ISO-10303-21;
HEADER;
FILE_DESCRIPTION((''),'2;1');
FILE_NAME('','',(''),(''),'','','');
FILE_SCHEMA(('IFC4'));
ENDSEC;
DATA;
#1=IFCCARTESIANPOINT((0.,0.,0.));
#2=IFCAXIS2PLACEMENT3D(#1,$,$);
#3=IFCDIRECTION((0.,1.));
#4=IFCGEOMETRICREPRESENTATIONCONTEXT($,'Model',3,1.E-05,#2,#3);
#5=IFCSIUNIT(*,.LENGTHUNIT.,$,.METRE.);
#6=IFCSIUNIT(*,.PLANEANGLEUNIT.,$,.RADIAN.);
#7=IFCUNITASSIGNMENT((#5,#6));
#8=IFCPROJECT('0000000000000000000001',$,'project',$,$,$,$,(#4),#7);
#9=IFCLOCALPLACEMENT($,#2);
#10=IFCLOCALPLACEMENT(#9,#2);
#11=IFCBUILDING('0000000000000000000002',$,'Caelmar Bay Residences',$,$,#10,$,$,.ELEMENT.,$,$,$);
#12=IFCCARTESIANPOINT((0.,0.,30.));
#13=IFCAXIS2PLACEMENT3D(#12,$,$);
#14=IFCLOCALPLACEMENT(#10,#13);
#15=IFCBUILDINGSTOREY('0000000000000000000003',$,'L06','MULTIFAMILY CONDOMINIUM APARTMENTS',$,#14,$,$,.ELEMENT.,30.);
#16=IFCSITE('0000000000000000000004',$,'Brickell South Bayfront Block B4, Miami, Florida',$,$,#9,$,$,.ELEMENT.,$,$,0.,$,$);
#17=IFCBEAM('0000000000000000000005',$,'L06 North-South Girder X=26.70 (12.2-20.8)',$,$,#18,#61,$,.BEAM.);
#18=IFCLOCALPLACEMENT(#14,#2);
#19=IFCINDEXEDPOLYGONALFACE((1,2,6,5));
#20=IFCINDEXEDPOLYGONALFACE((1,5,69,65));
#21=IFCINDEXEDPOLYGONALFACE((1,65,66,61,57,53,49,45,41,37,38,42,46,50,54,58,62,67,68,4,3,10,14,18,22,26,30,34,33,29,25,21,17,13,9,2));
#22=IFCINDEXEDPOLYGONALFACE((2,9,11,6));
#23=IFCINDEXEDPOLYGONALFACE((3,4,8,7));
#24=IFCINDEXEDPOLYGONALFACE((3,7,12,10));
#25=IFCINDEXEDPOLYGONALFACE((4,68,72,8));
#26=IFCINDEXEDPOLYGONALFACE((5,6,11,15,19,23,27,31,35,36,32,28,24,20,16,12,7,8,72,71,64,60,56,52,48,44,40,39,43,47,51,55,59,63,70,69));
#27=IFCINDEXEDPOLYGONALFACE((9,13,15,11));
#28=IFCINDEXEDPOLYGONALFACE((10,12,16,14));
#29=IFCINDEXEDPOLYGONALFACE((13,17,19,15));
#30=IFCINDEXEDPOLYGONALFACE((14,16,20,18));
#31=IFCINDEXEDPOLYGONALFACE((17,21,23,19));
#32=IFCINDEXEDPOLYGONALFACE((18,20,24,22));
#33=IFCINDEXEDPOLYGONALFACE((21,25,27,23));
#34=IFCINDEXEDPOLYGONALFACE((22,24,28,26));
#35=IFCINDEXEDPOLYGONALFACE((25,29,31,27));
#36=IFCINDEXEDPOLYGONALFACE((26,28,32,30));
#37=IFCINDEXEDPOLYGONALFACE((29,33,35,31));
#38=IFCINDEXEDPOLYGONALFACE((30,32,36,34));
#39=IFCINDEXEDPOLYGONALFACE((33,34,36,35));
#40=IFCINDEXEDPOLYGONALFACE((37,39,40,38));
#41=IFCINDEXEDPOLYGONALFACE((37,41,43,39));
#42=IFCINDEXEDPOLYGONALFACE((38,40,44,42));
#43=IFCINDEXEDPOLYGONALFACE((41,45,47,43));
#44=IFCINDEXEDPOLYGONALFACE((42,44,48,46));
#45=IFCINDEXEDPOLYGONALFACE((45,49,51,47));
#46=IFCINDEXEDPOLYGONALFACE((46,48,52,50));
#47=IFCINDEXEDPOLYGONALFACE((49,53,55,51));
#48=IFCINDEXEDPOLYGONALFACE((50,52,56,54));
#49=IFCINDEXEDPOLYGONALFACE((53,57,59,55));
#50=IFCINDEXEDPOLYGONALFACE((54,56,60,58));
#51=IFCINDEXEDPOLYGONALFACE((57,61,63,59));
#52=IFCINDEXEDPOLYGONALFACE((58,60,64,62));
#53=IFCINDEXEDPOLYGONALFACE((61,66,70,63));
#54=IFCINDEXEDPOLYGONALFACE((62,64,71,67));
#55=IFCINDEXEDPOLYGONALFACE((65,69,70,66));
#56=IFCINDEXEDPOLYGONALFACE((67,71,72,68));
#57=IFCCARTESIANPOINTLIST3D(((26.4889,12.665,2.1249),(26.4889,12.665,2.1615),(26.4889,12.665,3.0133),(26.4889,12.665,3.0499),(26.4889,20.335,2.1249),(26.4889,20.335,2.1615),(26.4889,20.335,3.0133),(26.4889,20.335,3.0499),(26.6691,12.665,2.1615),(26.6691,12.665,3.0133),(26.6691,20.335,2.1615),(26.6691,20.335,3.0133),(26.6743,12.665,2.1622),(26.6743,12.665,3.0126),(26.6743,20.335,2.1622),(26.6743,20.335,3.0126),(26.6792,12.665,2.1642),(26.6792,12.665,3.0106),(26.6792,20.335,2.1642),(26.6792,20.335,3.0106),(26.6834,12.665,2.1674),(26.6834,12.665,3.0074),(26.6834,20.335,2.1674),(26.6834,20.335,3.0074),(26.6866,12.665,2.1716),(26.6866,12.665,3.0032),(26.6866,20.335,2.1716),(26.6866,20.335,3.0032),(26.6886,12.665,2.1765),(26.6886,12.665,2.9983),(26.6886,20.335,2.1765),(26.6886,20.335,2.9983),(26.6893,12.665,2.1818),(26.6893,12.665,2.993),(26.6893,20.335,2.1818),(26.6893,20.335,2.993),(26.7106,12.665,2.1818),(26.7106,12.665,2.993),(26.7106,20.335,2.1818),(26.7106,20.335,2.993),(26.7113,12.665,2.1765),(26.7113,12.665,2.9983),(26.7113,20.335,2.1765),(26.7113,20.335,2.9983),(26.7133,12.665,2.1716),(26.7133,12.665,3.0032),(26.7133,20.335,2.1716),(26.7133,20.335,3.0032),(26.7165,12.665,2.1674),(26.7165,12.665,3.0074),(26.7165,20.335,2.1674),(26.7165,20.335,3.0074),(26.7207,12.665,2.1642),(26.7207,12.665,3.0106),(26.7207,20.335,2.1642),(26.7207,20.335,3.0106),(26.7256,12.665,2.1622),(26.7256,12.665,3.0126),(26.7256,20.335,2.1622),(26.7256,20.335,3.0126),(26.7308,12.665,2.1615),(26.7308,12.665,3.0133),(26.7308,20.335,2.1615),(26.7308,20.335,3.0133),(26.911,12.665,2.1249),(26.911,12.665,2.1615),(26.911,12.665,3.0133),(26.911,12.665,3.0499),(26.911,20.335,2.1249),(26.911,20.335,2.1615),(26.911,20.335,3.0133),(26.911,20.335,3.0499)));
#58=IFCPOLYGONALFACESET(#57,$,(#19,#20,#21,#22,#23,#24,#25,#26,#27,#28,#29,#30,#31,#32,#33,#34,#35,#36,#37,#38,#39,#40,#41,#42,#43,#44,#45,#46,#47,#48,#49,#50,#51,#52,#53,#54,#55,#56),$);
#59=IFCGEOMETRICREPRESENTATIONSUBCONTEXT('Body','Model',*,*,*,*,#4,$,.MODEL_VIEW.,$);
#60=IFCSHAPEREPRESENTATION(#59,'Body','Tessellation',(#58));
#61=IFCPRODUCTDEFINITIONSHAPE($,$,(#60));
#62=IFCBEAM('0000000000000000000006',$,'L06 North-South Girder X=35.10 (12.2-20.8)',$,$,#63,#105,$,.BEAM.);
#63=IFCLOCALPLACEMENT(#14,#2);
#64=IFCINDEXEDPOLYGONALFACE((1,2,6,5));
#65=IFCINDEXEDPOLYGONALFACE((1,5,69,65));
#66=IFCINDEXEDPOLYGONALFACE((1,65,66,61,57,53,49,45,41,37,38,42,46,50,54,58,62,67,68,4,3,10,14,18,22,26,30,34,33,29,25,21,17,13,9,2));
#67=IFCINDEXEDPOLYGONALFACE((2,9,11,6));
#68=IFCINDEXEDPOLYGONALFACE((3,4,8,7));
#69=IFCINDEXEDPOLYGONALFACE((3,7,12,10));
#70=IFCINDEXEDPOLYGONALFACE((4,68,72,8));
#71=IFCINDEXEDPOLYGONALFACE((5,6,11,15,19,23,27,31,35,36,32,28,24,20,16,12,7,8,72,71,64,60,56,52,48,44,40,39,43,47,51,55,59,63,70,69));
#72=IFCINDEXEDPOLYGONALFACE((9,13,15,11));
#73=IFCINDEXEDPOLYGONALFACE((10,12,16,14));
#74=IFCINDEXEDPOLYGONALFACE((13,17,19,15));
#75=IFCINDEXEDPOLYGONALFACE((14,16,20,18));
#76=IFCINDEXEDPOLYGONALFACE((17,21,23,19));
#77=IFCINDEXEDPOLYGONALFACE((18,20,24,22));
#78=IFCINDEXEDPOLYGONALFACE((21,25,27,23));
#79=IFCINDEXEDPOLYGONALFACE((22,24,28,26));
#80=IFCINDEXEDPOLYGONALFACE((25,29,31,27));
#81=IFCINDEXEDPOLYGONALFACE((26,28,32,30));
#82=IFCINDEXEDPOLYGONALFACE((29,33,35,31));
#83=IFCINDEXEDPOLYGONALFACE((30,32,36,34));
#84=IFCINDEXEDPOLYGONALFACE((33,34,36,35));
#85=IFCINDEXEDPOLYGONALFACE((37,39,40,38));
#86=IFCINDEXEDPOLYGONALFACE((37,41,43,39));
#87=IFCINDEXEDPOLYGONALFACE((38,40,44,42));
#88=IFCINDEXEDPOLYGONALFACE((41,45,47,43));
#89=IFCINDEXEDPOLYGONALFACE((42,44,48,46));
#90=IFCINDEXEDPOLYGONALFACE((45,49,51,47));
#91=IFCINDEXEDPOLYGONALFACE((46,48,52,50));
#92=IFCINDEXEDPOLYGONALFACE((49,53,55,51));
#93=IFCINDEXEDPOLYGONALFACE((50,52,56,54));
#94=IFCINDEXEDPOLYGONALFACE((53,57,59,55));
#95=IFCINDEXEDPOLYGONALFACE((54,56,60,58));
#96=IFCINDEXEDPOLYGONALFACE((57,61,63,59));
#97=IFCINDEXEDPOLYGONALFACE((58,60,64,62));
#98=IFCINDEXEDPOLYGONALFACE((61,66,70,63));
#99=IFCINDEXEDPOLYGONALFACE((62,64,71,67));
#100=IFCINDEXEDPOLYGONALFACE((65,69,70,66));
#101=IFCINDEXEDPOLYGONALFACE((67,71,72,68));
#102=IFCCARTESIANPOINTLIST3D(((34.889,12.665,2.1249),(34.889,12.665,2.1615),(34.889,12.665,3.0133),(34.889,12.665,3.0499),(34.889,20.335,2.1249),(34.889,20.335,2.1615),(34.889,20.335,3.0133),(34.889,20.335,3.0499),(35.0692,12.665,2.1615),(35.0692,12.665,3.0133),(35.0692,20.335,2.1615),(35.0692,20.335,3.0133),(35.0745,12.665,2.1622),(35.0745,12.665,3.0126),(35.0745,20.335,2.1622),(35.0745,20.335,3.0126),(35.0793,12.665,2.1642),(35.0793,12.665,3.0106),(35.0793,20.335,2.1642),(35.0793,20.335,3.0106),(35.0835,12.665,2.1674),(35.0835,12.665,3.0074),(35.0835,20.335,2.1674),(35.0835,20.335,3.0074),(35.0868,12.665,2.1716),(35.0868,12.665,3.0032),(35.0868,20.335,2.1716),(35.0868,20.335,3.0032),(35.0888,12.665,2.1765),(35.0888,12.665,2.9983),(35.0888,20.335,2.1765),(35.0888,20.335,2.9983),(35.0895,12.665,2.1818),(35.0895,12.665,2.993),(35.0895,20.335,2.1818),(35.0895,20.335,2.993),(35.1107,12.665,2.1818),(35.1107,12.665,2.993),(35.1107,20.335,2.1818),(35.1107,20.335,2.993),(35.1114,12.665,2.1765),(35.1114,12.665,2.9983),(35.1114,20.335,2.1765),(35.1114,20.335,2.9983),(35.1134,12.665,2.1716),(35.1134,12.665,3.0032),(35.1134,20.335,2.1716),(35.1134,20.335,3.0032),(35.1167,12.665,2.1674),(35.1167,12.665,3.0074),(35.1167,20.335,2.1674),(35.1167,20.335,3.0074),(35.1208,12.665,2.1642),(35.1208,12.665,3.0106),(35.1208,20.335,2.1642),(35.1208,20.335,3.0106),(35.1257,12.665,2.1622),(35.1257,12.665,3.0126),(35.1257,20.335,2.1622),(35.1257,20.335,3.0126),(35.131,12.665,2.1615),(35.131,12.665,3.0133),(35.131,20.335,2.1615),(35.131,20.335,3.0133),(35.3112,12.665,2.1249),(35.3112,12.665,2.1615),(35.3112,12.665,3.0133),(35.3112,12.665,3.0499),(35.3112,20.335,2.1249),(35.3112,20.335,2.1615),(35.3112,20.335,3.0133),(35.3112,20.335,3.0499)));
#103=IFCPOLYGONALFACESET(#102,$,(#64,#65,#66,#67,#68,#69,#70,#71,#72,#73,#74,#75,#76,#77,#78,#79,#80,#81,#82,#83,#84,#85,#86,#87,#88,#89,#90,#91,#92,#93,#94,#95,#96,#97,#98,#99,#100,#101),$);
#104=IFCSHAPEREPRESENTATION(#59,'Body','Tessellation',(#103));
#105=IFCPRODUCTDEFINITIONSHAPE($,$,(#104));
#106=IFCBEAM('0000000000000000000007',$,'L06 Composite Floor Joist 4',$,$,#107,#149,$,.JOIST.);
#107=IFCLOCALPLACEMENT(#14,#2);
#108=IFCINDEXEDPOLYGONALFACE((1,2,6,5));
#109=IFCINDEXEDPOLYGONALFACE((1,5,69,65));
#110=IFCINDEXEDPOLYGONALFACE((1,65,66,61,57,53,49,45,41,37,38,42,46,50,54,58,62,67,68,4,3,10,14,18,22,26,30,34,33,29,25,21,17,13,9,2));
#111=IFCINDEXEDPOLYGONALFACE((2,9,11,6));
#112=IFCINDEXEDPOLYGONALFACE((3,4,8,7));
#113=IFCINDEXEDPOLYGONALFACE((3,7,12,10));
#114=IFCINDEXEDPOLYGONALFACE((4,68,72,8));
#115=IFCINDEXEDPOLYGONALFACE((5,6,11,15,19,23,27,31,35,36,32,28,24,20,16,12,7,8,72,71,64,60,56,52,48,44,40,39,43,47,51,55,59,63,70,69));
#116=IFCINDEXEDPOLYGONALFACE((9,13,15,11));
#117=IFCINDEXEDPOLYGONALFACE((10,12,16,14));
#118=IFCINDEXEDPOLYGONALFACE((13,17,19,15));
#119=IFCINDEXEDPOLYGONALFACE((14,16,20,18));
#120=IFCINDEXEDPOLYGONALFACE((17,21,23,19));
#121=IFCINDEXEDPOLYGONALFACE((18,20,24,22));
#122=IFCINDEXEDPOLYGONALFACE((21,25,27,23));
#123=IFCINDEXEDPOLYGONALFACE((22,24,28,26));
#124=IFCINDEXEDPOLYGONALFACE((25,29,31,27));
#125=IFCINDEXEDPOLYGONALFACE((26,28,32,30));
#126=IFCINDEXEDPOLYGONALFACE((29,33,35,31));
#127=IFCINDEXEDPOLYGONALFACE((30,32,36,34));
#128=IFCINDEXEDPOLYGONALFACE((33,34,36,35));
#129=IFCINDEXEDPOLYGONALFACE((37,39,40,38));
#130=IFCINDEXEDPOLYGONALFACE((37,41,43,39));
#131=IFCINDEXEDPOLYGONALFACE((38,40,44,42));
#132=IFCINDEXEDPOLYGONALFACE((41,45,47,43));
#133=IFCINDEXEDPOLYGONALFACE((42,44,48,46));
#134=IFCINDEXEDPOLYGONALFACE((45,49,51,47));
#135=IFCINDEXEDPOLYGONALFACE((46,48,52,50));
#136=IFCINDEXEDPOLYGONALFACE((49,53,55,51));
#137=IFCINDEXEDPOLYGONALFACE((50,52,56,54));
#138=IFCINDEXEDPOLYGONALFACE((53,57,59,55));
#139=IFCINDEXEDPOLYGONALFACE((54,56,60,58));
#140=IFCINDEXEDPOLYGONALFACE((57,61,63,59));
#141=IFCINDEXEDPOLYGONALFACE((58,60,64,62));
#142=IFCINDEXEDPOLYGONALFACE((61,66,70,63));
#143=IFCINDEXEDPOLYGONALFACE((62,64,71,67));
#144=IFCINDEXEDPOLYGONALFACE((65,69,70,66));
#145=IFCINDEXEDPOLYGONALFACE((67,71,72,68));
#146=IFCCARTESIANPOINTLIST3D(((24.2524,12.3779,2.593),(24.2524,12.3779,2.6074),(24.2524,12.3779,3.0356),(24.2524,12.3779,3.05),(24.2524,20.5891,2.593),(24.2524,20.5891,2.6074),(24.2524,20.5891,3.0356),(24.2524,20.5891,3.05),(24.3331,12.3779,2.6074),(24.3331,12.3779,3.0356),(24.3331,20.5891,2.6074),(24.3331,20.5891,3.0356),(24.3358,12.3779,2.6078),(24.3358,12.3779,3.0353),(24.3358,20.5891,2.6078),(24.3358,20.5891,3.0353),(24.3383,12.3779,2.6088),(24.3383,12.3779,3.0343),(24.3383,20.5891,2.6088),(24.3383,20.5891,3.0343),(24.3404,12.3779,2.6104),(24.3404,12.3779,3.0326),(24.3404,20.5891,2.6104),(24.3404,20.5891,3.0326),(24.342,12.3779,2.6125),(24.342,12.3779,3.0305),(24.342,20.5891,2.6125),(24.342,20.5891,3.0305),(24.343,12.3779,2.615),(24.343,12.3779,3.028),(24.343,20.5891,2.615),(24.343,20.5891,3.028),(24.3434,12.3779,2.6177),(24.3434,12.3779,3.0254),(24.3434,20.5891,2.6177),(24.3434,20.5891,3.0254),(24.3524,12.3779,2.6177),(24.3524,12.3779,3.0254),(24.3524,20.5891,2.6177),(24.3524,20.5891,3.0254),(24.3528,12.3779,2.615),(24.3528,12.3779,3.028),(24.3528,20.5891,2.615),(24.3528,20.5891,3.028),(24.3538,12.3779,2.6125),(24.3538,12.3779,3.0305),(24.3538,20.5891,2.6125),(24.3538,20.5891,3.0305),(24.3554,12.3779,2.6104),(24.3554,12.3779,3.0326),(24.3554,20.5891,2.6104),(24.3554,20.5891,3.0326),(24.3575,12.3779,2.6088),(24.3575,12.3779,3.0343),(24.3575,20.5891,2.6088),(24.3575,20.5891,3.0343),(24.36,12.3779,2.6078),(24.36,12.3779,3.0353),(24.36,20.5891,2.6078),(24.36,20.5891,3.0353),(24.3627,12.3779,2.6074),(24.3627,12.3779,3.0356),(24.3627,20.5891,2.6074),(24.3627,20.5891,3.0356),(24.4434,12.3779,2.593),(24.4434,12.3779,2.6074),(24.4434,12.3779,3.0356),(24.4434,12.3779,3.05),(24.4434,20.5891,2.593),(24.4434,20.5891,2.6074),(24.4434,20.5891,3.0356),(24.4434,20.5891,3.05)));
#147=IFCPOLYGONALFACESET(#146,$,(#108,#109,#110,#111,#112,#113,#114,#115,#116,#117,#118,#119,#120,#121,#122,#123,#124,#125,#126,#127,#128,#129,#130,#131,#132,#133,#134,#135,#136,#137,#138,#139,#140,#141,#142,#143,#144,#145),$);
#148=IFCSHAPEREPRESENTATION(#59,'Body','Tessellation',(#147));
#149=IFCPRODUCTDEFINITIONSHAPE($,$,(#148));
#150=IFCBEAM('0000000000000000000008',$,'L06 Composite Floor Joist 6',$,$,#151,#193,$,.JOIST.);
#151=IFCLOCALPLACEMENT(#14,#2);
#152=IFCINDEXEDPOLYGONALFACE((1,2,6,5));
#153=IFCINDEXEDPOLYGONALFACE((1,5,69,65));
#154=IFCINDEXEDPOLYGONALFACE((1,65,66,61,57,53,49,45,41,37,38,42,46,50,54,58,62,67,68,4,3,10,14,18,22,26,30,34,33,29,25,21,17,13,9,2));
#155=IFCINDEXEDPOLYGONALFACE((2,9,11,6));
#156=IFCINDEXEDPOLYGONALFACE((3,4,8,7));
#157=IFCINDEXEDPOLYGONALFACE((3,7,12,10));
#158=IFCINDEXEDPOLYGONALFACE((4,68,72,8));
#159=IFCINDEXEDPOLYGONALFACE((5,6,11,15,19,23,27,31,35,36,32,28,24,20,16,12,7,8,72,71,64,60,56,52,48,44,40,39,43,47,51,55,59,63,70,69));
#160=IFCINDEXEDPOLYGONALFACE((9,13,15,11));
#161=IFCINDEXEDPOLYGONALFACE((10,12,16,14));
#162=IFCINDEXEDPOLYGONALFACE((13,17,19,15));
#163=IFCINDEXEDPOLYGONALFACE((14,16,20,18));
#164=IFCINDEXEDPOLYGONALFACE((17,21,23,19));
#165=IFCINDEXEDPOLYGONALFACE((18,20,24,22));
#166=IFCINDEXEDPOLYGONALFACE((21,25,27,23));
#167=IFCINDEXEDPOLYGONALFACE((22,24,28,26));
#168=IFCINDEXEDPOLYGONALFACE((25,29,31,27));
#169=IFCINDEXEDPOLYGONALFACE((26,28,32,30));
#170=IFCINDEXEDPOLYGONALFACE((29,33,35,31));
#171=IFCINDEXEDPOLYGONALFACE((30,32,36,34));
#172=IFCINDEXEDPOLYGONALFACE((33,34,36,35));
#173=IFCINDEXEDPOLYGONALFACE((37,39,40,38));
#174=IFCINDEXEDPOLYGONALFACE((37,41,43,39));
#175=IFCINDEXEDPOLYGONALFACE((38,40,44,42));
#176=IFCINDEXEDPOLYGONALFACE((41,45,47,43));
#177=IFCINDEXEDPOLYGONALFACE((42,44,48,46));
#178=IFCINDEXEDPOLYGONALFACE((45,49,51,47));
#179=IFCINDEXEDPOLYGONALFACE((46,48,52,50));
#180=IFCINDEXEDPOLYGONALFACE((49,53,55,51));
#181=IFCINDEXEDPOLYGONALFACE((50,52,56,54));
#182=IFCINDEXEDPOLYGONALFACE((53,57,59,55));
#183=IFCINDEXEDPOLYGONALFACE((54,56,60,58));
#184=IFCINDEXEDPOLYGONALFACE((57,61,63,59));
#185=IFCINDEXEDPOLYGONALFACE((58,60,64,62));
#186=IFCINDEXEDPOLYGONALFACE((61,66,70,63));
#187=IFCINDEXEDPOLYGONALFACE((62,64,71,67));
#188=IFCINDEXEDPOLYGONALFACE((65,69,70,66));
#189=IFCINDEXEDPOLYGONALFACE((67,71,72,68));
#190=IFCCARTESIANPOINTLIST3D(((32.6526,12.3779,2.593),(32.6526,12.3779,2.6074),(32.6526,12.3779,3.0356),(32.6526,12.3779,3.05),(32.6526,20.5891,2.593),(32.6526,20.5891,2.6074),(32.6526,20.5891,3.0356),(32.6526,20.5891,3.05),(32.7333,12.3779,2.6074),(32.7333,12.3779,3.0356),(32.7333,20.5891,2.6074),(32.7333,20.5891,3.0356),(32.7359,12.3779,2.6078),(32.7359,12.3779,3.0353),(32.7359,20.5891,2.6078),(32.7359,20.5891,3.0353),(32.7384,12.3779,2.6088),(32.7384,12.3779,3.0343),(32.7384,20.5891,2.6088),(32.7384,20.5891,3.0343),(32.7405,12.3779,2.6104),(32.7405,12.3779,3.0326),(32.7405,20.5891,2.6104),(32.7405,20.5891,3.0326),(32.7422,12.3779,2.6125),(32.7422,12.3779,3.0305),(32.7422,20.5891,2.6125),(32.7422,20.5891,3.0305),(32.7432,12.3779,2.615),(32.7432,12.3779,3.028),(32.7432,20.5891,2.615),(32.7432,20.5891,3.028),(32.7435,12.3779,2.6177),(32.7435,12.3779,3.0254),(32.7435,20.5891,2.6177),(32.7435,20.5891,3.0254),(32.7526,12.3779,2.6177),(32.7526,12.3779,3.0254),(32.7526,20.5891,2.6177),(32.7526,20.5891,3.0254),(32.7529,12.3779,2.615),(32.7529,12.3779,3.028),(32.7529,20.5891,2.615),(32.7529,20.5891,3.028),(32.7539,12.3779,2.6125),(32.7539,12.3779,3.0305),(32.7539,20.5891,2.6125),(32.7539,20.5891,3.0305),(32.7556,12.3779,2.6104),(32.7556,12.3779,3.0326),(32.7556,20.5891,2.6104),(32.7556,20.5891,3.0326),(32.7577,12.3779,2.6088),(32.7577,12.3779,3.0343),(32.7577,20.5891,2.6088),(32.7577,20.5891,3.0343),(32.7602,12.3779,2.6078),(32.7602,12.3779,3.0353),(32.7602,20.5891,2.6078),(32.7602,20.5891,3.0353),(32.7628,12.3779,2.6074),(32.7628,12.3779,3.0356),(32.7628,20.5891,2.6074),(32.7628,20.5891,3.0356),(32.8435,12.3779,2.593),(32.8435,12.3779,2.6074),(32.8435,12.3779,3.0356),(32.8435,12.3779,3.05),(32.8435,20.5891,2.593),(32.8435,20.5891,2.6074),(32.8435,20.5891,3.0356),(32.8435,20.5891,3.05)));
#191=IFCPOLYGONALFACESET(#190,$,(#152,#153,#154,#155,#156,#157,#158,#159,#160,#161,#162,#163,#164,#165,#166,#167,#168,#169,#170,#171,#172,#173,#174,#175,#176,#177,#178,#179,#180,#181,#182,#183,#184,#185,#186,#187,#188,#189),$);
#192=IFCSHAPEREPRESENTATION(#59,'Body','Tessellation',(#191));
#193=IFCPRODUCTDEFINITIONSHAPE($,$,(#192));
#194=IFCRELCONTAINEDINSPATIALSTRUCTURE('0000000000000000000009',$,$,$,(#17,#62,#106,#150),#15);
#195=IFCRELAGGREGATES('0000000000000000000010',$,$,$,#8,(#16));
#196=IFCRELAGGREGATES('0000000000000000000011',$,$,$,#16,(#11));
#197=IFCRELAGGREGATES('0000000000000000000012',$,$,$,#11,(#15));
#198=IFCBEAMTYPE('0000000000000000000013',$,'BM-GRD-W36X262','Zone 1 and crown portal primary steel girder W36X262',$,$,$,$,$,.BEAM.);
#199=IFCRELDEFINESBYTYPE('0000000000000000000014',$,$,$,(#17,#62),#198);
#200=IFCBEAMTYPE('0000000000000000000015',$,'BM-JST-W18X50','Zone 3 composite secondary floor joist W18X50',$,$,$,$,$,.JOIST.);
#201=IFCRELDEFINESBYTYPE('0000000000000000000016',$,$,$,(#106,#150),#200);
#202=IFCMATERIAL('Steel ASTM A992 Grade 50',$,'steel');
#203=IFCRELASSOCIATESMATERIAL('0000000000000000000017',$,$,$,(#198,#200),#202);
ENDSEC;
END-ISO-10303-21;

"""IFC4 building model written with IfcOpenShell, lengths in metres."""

from ifc_helpers import new_model, si_unit, direction, frame, origin, origin_2d, place, context, subcontext, project, spatial, i_section, extrude, material, material_profile, profile_set, type_object, element, save


model = new_model("IFC4")

# Units and contexts
model_context = context("Model", 3, precision=1e-05, world=origin(), true_north=direction((0.0, 1.0)))
body_context = subcontext(model_context, "Body", "Model", "MODEL_VIEW")
ifc_project = project(units=[si_unit("LENGTHUNIT", "METRE"), si_unit("PLANEANGLEUNIT", "RADIAN")], contexts=[model_context])

# Site, building, storey
site_placement = place(None, origin())
site = spatial("IfcSite", under=ifc_project, at=site_placement, Name="Brickell South Bayfront Block B4, Miami, Florida", CompositionType="ELEMENT", RefElevation=0.0)
building_placement = place(site_placement, origin())
building = spatial("IfcBuilding", under=site, at=building_placement, Name="Caelmar Bay Residences", CompositionType="ELEMENT")
storey_placement = place(building_placement, frame((0.0, 0.0, 30.0)))
storey = spatial("IfcBuildingStorey", under=building, at=storey_placement, Name="L06", Description="MULTIFAMILY CONDOMINIUM APARTMENTS", CompositionType="ELEMENT", Elevation=30.0)

# Beams
ifc_material_1 = material(Name="Steel ASTM A992 Grade 50", Category="steel")
ifc_material_profile_1 = material_profile(ifc_material_1, i_section(OverallWidth=0.4221, OverallDepth=0.925, WebThickness=0.0212, FlangeThickness=0.0366, FilletRadius=0.0203, at=origin_2d()), Name="W36X262")
ifc_profile_set_1 = profile_set([ifc_material_profile_1], Name="Steel ASTM A992 Grade 50")
beam_type_1 = type_object("IfcBeamType", Name="BM-GRD-W36X262", Description="Zone 1 and crown portal primary steel girder W36X262", PredefinedType="BEAM", material=ifc_profile_set_1)
for number, where, z_axis, x_axis, name in (
    (1, (26.7, 12.665, 2.5874), (0.0, 1.0, 0.0), (-1.0, 0.0, 0.0), "L06 North-South Girder X=26.70 (12.2-20.8)"),
    (2, (35.1001, 12.665, 2.5874), (0.0, 1.0, 0.0), (-1.0, 0.0, 0.0), "L06 North-South Girder X=35.10 (12.2-20.8)"),
):
    element("IfcBeam", number, at=place(storey_placement, frame(where, z_axis=z_axis, x_axis=x_axis)), inside=storey, type_object=beam_type_1, Name=name, PredefinedType="BEAM", context=body_context, shape_type="SweptSolid", body=[
        extrude(i_section(OverallWidth=0.4221, OverallDepth=0.925, WebThickness=0.0212, FlangeThickness=0.0366, FilletRadius=0.0203, at=origin_2d()), origin(), (0.0, 0.0, 1.0), 7.6699),
    ])
ifc_material_profile_2 = material_profile(ifc_material_1, i_section(OverallWidth=0.1909, OverallDepth=0.457, WebThickness=0.009, FlangeThickness=0.0144, FilletRadius=0.0103, at=origin_2d()), Name="W18X50")
ifc_profile_set_2 = profile_set([ifc_material_profile_2], Name="Steel ASTM A992 Grade 50")
beam_type_2 = type_object("IfcBeamType", Name="BM-JST-W18X50", Description="Zone 3 composite secondary floor joist W18X50", PredefinedType="JOIST", material=ifc_profile_set_2)
for number, where, z_axis, x_axis, name in (
    (3, (24.3479, 12.3779, 2.8215), (0.0, 1.0, 0.0), (-1.0, 0.0, 0.0), "L06 Composite Floor Joist 4"),
    (4, (32.748, 12.3779, 2.8215), (0.0, 1.0, 0.0), (-1.0, 0.0, 0.0), "L06 Composite Floor Joist 6"),
):
    element("IfcBeam", number, at=place(storey_placement, frame(where, z_axis=z_axis, x_axis=x_axis)), inside=storey, type_object=beam_type_2, Name=name, PredefinedType="JOIST", context=body_context, shape_type="SweptSolid", body=[
        extrude(i_section(OverallWidth=0.1909, OverallDepth=0.457, WebThickness=0.009, FlangeThickness=0.0144, FilletRadius=0.0103, at=origin_2d()), origin(), (0.0, 0.0, 1.0), 8.2112),
    ])

save(model, "model.ifc")
